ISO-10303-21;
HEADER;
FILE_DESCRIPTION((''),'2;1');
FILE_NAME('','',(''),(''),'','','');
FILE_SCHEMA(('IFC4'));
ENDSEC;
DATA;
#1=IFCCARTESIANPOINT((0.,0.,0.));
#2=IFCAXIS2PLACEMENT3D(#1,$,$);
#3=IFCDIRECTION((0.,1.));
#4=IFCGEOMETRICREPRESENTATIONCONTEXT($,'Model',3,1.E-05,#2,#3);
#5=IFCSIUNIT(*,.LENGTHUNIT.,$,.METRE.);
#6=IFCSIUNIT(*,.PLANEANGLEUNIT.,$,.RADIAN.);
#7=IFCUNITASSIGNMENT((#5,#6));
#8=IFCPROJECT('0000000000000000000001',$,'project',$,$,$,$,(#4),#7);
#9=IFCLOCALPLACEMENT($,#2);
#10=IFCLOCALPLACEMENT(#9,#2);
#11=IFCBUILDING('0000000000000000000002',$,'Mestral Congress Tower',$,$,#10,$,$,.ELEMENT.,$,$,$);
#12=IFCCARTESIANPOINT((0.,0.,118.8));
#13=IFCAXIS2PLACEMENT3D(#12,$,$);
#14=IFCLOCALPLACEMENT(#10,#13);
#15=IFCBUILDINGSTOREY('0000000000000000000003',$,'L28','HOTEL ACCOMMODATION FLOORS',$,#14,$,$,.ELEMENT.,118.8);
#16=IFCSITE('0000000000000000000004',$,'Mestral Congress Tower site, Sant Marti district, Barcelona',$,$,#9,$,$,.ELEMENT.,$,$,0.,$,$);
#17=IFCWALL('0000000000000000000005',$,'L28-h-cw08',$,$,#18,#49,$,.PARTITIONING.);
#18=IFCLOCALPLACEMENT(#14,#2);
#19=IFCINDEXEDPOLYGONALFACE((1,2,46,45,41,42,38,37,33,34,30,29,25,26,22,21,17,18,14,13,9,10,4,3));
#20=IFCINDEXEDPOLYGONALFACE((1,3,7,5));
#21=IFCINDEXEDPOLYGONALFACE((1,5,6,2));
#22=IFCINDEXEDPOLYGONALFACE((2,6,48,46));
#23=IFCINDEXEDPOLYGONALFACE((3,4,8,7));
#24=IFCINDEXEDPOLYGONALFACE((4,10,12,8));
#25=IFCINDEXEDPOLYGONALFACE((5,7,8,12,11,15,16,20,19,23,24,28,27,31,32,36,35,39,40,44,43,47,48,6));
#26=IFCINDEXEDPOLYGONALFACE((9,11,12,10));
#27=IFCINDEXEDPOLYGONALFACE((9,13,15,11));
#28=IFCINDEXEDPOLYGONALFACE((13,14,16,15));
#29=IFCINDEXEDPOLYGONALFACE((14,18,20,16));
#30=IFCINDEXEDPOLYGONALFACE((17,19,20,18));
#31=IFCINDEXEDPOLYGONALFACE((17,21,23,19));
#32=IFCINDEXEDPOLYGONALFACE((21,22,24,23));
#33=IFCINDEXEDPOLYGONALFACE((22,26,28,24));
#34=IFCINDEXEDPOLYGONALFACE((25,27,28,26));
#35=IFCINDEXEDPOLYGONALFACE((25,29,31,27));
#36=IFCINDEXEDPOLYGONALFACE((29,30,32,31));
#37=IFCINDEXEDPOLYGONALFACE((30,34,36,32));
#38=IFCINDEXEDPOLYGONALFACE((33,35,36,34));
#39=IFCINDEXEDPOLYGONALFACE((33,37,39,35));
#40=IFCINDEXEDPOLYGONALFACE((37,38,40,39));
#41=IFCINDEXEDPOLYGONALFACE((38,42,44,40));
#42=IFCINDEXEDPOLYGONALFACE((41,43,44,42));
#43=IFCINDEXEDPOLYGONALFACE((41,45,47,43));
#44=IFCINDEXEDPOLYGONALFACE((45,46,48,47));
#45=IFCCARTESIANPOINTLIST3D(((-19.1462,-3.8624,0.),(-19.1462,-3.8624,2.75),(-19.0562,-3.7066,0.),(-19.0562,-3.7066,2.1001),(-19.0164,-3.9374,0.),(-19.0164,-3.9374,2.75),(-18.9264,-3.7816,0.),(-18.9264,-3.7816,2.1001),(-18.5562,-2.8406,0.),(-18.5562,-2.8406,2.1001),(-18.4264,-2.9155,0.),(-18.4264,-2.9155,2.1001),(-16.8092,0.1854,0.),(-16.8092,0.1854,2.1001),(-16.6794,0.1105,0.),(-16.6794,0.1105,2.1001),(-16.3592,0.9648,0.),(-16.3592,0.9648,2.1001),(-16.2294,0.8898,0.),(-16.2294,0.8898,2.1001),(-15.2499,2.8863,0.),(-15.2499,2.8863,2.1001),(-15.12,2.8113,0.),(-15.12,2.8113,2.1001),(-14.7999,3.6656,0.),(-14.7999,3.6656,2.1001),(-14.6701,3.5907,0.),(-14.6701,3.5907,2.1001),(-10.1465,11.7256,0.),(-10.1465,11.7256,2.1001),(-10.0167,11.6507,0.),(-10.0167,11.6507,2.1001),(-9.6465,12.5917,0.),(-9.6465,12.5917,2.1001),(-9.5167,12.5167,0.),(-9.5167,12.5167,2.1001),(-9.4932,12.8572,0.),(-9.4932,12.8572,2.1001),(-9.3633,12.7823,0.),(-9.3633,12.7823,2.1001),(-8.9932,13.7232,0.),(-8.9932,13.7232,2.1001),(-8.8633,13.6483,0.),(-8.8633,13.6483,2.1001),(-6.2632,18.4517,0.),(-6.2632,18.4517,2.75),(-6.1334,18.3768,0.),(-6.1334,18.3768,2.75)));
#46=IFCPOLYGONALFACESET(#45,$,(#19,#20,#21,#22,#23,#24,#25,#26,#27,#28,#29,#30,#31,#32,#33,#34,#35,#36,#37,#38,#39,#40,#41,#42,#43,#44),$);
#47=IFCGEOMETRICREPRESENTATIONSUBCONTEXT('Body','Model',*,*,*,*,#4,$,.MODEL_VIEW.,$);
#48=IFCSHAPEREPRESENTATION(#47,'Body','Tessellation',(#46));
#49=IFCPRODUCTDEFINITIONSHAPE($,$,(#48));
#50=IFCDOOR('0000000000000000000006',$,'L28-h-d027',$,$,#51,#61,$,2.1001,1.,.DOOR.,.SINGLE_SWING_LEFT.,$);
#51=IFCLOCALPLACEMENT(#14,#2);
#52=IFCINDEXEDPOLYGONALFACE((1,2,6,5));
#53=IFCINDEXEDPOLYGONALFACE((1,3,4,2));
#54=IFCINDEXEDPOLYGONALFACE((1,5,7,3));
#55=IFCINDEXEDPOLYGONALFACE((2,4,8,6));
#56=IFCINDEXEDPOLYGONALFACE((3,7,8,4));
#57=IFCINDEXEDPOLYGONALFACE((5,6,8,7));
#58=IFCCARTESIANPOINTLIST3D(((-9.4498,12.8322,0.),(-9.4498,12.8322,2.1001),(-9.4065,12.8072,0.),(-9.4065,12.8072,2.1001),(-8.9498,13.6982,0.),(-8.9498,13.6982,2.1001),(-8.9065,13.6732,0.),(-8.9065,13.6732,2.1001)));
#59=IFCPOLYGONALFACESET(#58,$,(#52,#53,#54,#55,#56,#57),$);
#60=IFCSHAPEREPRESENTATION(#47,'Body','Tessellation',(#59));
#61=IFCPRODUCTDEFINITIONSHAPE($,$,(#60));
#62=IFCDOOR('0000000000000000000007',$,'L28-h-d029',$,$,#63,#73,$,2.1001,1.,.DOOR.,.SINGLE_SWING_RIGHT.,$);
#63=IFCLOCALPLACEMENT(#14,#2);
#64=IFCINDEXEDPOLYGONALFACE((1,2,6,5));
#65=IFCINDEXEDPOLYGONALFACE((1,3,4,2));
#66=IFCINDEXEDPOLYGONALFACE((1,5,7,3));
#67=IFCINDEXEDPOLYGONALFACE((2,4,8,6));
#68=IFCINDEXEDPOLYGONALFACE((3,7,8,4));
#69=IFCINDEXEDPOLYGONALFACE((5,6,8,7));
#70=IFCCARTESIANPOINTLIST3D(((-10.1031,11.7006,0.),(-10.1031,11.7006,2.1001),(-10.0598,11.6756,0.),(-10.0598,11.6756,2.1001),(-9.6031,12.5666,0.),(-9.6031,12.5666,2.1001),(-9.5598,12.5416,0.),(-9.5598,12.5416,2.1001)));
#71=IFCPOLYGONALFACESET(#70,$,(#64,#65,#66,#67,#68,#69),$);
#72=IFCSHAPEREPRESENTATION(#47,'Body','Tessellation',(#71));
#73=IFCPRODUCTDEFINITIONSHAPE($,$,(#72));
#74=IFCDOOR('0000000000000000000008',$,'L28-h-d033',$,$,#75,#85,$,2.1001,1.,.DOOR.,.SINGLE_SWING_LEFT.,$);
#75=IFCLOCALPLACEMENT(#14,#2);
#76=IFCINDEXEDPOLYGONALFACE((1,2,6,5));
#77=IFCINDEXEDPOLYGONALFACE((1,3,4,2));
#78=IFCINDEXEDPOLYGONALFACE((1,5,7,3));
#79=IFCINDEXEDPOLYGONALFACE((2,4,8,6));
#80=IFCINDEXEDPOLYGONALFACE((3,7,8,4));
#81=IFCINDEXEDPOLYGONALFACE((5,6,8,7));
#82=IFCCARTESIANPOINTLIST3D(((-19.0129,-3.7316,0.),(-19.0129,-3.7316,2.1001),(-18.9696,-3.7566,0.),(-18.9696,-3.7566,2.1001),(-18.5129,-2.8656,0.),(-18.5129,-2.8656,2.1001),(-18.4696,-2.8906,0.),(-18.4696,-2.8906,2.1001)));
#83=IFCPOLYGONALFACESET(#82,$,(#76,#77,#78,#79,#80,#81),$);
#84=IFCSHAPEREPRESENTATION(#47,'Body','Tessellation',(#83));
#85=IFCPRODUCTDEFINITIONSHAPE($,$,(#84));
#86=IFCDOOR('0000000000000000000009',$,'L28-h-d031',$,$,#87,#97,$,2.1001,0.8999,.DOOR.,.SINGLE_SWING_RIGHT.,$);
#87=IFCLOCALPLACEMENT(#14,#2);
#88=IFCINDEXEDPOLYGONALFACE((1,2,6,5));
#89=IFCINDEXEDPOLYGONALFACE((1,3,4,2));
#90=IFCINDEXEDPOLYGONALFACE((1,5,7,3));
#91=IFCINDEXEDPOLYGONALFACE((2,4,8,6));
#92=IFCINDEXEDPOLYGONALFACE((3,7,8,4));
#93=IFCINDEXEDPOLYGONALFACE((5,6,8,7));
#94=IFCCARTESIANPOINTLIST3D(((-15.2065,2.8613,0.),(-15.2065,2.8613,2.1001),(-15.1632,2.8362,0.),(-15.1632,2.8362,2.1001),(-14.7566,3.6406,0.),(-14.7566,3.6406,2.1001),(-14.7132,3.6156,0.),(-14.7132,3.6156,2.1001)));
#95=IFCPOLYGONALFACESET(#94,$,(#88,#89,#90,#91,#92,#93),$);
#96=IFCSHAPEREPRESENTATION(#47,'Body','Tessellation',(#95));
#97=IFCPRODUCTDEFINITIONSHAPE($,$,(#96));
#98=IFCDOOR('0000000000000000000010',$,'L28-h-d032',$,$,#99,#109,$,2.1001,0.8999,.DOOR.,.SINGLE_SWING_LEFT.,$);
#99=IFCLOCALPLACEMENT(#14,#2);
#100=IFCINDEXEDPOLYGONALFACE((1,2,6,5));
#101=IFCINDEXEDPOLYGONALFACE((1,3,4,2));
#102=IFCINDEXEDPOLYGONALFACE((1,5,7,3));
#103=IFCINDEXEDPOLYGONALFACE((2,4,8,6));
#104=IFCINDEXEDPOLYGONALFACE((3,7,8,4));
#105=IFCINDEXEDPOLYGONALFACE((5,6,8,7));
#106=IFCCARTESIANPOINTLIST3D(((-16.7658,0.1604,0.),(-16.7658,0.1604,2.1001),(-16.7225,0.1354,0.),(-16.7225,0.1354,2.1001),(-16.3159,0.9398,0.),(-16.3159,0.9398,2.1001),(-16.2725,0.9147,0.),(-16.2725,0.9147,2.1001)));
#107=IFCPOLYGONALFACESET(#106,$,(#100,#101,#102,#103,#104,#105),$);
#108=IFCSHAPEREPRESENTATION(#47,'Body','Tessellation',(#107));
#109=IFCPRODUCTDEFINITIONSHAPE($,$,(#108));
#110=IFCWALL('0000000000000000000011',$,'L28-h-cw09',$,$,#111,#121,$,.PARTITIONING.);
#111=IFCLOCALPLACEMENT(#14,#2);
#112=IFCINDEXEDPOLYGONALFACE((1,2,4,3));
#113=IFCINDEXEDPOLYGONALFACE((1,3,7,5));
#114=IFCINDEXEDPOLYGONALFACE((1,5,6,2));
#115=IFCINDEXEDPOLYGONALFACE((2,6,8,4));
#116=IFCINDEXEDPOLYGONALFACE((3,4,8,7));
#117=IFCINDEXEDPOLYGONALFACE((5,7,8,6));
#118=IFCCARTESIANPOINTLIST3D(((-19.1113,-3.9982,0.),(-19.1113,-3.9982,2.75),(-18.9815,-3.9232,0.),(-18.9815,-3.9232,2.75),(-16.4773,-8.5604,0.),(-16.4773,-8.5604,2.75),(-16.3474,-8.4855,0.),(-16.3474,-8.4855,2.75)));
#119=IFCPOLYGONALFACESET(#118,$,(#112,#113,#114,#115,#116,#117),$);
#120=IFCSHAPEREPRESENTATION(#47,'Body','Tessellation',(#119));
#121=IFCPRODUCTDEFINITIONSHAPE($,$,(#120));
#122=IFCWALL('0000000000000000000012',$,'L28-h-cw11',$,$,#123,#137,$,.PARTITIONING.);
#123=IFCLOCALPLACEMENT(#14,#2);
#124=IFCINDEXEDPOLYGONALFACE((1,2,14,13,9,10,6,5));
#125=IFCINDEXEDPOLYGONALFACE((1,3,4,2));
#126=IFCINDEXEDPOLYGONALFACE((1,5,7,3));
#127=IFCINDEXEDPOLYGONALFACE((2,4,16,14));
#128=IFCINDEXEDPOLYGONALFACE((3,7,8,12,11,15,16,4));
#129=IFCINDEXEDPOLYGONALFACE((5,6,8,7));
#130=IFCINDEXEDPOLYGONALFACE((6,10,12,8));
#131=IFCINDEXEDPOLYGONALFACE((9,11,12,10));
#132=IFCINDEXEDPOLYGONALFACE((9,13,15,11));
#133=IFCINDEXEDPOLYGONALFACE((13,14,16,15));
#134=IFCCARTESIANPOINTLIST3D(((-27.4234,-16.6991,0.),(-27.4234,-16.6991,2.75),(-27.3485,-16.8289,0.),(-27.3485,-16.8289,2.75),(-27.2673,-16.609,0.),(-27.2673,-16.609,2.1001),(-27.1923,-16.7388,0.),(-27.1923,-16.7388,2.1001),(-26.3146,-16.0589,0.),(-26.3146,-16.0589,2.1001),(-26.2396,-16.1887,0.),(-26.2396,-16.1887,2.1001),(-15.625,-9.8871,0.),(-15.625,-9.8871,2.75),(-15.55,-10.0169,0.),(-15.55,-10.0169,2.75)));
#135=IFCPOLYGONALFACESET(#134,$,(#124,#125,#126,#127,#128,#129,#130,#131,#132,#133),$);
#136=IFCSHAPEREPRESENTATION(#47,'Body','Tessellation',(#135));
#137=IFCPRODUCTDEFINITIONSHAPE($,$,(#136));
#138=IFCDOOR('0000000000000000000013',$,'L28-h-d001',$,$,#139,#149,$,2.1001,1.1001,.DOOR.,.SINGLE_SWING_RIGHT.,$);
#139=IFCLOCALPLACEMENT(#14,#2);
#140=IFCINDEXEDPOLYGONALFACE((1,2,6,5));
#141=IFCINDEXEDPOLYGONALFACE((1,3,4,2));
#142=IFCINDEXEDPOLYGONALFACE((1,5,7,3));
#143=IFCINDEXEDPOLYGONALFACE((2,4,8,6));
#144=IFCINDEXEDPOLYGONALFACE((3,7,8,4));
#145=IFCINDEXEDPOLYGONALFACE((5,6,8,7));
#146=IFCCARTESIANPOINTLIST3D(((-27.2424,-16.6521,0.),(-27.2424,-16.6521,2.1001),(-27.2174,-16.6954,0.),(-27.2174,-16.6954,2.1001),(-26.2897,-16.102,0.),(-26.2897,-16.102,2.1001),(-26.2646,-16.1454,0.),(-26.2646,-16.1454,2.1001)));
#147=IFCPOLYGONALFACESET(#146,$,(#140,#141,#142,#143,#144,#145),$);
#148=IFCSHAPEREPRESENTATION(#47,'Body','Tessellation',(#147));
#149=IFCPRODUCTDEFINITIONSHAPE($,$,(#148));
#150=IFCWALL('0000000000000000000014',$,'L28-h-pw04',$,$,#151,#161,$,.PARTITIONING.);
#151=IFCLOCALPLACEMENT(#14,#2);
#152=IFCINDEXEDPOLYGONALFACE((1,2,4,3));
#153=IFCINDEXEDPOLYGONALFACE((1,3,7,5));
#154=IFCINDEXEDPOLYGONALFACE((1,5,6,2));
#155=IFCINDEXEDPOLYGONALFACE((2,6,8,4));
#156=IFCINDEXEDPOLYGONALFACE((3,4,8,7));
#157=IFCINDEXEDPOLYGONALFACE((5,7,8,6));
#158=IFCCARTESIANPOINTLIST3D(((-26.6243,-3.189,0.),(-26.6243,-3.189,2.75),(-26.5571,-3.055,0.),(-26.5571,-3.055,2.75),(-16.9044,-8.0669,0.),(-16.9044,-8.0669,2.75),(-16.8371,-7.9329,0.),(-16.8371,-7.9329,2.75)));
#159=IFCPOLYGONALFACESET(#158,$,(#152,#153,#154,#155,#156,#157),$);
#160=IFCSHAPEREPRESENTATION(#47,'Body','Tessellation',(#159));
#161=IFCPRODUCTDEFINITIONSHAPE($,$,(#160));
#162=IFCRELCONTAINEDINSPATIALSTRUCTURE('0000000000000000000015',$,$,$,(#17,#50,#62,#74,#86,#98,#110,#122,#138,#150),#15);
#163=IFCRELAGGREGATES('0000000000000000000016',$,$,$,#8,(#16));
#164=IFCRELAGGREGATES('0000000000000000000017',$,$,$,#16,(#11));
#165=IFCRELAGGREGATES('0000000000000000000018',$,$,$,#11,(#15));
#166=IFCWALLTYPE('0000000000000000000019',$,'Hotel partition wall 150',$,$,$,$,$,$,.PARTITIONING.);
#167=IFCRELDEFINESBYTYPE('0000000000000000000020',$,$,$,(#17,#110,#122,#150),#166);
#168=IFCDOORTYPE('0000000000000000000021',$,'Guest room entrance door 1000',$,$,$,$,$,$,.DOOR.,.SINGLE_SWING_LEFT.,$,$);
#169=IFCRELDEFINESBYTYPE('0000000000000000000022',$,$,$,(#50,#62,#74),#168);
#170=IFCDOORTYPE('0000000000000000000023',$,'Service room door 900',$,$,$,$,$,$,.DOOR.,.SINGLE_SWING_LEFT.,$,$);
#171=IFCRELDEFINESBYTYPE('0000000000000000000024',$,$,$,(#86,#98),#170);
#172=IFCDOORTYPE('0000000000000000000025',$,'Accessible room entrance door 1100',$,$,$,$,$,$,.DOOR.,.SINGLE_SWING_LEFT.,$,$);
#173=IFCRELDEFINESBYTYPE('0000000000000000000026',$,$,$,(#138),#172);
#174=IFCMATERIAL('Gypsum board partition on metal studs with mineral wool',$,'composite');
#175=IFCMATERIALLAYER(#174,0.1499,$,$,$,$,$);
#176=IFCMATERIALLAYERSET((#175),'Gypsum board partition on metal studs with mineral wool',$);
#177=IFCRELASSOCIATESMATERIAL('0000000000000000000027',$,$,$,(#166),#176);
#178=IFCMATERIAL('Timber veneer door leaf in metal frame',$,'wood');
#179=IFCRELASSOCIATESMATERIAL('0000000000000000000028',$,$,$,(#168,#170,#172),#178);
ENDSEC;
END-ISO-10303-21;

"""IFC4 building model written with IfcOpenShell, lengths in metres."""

from ifc_helpers import new_model, si_unit, direction, frame, frame_2d, origin, place, context, subcontext, project, spatial, rectangle, extrude, material, layer, layer_set, type_object, element, fill, save


model = new_model("IFC4")

# Units and contexts
model_context = context("Model", 3, precision=1e-05, world=origin(), true_north=direction((0.0, 1.0)))
body_context = subcontext(model_context, "Body", "Model", "MODEL_VIEW")
ifc_project = project(units=[si_unit("LENGTHUNIT", "METRE"), si_unit("PLANEANGLEUNIT", "RADIAN")], contexts=[model_context])

# Site, building, storey
site_placement = place(None, origin())
site = spatial("IfcSite", under=ifc_project, at=site_placement, Name="Mestral Congress Tower site, Sant Marti district, Barcelona", CompositionType="ELEMENT", RefElevation=0.0)
building_placement = place(site_placement, origin())
building = spatial("IfcBuilding", under=site, at=building_placement, Name="Mestral Congress Tower", CompositionType="ELEMENT")
storey_placement = place(building_placement, frame((0.0, 0.0, 118.8)))
storey = spatial("IfcBuildingStorey", under=building, at=storey_placement, Name="L28", Description="HOTEL ACCOMMODATION FLOORS", CompositionType="ELEMENT", Elevation=118.8)

# Shared definitions
ifc_material_1 = material(Name="Gypsum board partition on metal studs with mineral wool", Category="composite")

# Wall, openings, doors
ifc_layer_1 = layer(ifc_material_1, 0.1499)
ifc_layer_set_1 = layer_set([ifc_layer_1], Name="Gypsum board partition on metal studs with mineral wool")
wall_type_1 = type_object("IfcWallType", Name="Hotel partition wall 150", PredefinedType="PARTITIONING", material=ifc_layer_set_1)
wall_1_placement = place(storey_placement, frame((-19.0813, -3.8999, 0.0), z_axis=(0.0, 0.0, 1.0), x_axis=(0.499998, 0.866026, 0.0)))
wall_1 = element("IfcWall", 1, at=wall_1_placement, inside=storey, type_object=wall_type_1, Name="L28-h-cw08", PredefinedType="PARTITIONING", context=body_context, shape_type="SweptSolid", body=[
    extrude(rectangle(XDim=25.7661, YDim=0.1499, at=frame_2d((12.8831, 0.0))), origin(), (0.0, 0.0, 1.0), 2.75),
])
opening_1_placement = place(wall_1_placement, frame((19.3062, 0.0, 0.0)))
opening_1 = element("IfcOpeningElement", 2, at=opening_1_placement, cuts=wall_1, PredefinedType="OPENING", context=body_context, shape_type="SweptSolid", body=[
    extrude(rectangle(XDim=1.0, YDim=2.1001, at=frame_2d((0.5, 1.05))), frame((0.0, 0.085, 0.0), z_axis=(0.0, -1.0, 0.0), x_axis=(1.0, 0.0, 0.0)), (0.0, 0.0, 1.0), 0.1699),
])
opening_2_placement = place(wall_1_placement, frame((17.9995, 0.0, 0.0)))
opening_2 = element("IfcOpeningElement", 3, at=opening_2_placement, cuts=wall_1, PredefinedType="OPENING", context=body_context, shape_type="SweptSolid", body=[
    extrude(rectangle(XDim=1.0, YDim=2.1001, at=frame_2d((0.5, 1.05))), frame((0.0, 0.085, 0.0), z_axis=(0.0, -1.0, 0.0), x_axis=(1.0, 0.0, 0.0)), (0.0, 0.0, 1.0), 0.1699),
])
opening_3_placement = place(wall_1_placement, frame((7.7927, 0.0, 0.0)))
opening_3 = element("IfcOpeningElement", 4, at=opening_3_placement, cuts=wall_1, PredefinedType="OPENING", context=body_context, shape_type="SweptSolid", body=[
    extrude(rectangle(XDim=0.8999, YDim=2.1001, at=frame_2d((0.45, 1.05))), frame((0.0, 0.085, 0.0), z_axis=(0.0, -1.0, 0.0), x_axis=(1.0, 0.0, 0.0)), (0.0, 0.0, 1.0), 0.1699),
])
opening_4_placement = place(wall_1_placement, frame((4.6741, 0.0, 0.0)))
opening_4 = element("IfcOpeningElement", 5, at=opening_4_placement, cuts=wall_1, PredefinedType="OPENING", context=body_context, shape_type="SweptSolid", body=[
    extrude(rectangle(XDim=0.8999, YDim=2.1001, at=frame_2d((0.45, 1.05))), frame((0.0, 0.085, 0.0), z_axis=(0.0, -1.0, 0.0), x_axis=(1.0, 0.0, 0.0)), (0.0, 0.0, 1.0), 0.1699),
])
opening_5_placement = place(wall_1_placement, frame((0.1799, 0.0, 0.0)))
opening_5 = element("IfcOpeningElement", 6, at=opening_5_placement, cuts=wall_1, PredefinedType="OPENING", context=body_context, shape_type="SweptSolid", body=[
    extrude(rectangle(XDim=1.0, YDim=2.1001, at=frame_2d((0.5, 1.05))), frame((0.0, 0.085, 0.0), z_axis=(0.0, -1.0, 0.0), x_axis=(1.0, 0.0, 0.0)), (0.0, 0.0, 1.0), 0.1699),
])
ifc_material_2 = material(Name="Timber veneer door leaf in metal frame", Category="wood")
door_type_1 = type_object("IfcDoorType", Name="Guest room entrance door 1000", OperationType="SINGLE_SWING_LEFT", PredefinedType="DOOR", material=ifc_material_2)
door_1_placement = place(opening_1_placement, origin())
door_1 = element("IfcDoor", 7, at=door_1_placement, inside=storey, type_object=door_type_1, Name="L28-h-d027", OperationType="SINGLE_SWING_LEFT", OverallHeight=2.1001, OverallWidth=1.0, PredefinedType="DOOR", context=body_context, shape_type="SweptSolid", body=[
    extrude(rectangle(XDim=1.0, YDim=2.1001, at=frame_2d((0.5, 1.05))), frame((0.0, 0.0249, 0.0), z_axis=(0.0, -1.0, 0.0), x_axis=(1.0, 0.0, 0.0)), (0.0, 0.0, 1.0), 0.05),
])
fill(opening_1, door_1)
door_2_placement = place(opening_2_placement, origin())
door_2 = element("IfcDoor", 8, at=door_2_placement, inside=storey, type_object=door_type_1, Name="L28-h-d029", OperationType="SINGLE_SWING_RIGHT", OverallHeight=2.1001, OverallWidth=1.0, PredefinedType="DOOR", context=body_context, shape_type="SweptSolid", body=[
    extrude(rectangle(XDim=1.0, YDim=2.1001, at=frame_2d((0.5, 1.05))), frame((0.0, 0.0249, 0.0), z_axis=(0.0, -1.0, 0.0), x_axis=(1.0, 0.0, 0.0)), (0.0, 0.0, 1.0), 0.05),
])
fill(opening_2, door_2)
door_3_placement = place(opening_5_placement, origin())
door_3 = element("IfcDoor", 9, at=door_3_placement, inside=storey, type_object=door_type_1, Name="L28-h-d033", OperationType="SINGLE_SWING_LEFT", OverallHeight=2.1001, OverallWidth=1.0, PredefinedType="DOOR", context=body_context, shape_type="SweptSolid", body=[
    extrude(rectangle(XDim=1.0, YDim=2.1001, at=frame_2d((0.5, 1.05))), frame((0.0, 0.0249, 0.0), z_axis=(0.0, -1.0, 0.0), x_axis=(1.0, 0.0, 0.0)), (0.0, 0.0, 1.0), 0.05),
])
fill(opening_5, door_3)
door_type_2 = type_object("IfcDoorType", Name="Service room door 900", OperationType="SINGLE_SWING_LEFT", PredefinedType="DOOR", material=ifc_material_2)
door_4_placement = place(opening_3_placement, origin())
door_4 = element("IfcDoor", 10, at=door_4_placement, inside=storey, type_object=door_type_2, Name="L28-h-d031", OperationType="SINGLE_SWING_RIGHT", OverallHeight=2.1001, OverallWidth=0.8999, PredefinedType="DOOR", context=body_context, shape_type="SweptSolid", body=[
    extrude(rectangle(XDim=0.8999, YDim=2.1001, at=frame_2d((0.45, 1.05))), frame((0.0, 0.0249, 0.0), z_axis=(0.0, -1.0, 0.0), x_axis=(1.0, 0.0, 0.0)), (0.0, 0.0, 1.0), 0.05),
])
fill(opening_3, door_4)
door_5_placement = place(opening_4_placement, origin())
door_5 = element("IfcDoor", 11, at=door_5_placement, inside=storey, type_object=door_type_2, Name="L28-h-d032", OperationType="SINGLE_SWING_LEFT", OverallHeight=2.1001, OverallWidth=0.8999, PredefinedType="DOOR", context=body_context, shape_type="SweptSolid", body=[
    extrude(rectangle(XDim=0.8999, YDim=2.1001, at=frame_2d((0.45, 1.05))), frame((0.0, 0.0249, 0.0), z_axis=(0.0, -1.0, 0.0), x_axis=(1.0, 0.0, 0.0)), (0.0, 0.0, 1.0), 0.05),
])
fill(opening_4, door_5)

# Wall
wall_2_placement = place(storey_placement, frame((-16.4124, -8.5229, 0.0), z_axis=(0.0, 0.0, 1.0), x_axis=(-0.500002, 0.866024, 0.0)))
element("IfcWall", 12, at=wall_2_placement, inside=storey, type_object=wall_type_1, Name="L28-h-cw09", PredefinedType="PARTITIONING", context=body_context, shape_type="SweptSolid", body=[
    extrude(rectangle(XDim=5.2681, YDim=0.1499, at=frame_2d((2.634, 0.0))), origin(), (0.0, 0.0, 1.0), 2.75),
])

# Wall, opening, door
wall_3_placement = place(storey_placement, frame((-15.5874, -9.9519, 0.0), z_axis=(0.0, 0.0, 1.0), x_axis=(-0.866018, -0.500013, 0.0)))
wall_3 = element("IfcWall", 13, at=wall_3_placement, inside=storey, type_object=wall_type_1, Name="L28-h-cw11", PredefinedType="PARTITIONING", context=body_context, shape_type="SweptSolid", body=[
    extrude(rectangle(XDim=13.6238, YDim=0.1499, at=frame_2d((6.812, 0.0))), origin(), (0.0, 0.0, 1.0), 2.75),
])
opening_6_placement = place(wall_3_placement, frame((12.3435, 0.0, 0.0)))
opening_6 = element("IfcOpeningElement", 14, at=opening_6_placement, cuts=wall_3, PredefinedType="OPENING", context=body_context, shape_type="SweptSolid", body=[
    extrude(rectangle(XDim=1.1001, YDim=2.1001, at=frame_2d((0.55, 1.05))), frame((0.0, 0.085, 0.0), z_axis=(0.0, -1.0, 0.0), x_axis=(1.0, 0.0, 0.0)), (0.0, 0.0, 1.0), 0.1699),
])
door_type_3 = type_object("IfcDoorType", Name="Accessible room entrance door 1100", OperationType="SINGLE_SWING_LEFT", PredefinedType="DOOR", material=ifc_material_2)
door_6_placement = place(opening_6_placement, origin())
door_6 = element("IfcDoor", 15, at=door_6_placement, inside=storey, type_object=door_type_3, Name="L28-h-d001", OperationType="SINGLE_SWING_RIGHT", OverallHeight=2.1001, OverallWidth=1.1001, PredefinedType="DOOR", context=body_context, shape_type="SweptSolid", body=[
    extrude(rectangle(XDim=1.1001, YDim=2.1001, at=frame_2d((0.55, 1.05))), frame((0.0, 0.0249, 0.0), z_axis=(0.0, -1.0, 0.0), x_axis=(1.0, 0.0, 0.0)), (0.0, 0.0, 1.0), 0.05),
])
fill(opening_6, door_6)

# Wall
wall_4_placement = place(storey_placement, frame((-26.5906, -3.1221, 0.0), z_axis=(0.0, 0.0, 1.0), x_axis=(0.893766, -0.448533, 0.0)))
element("IfcWall", 16, at=wall_4_placement, inside=storey, type_object=wall_type_1, Name="L28-h-pw04", PredefinedType="PARTITIONING", context=body_context, shape_type="SweptSolid", body=[
    extrude(rectangle(XDim=10.8752, YDim=0.1499, at=frame_2d((5.4375, 0.0))), origin(), (0.0, 0.0, 1.0), 2.75),
])

save(model, "model.ifc")
